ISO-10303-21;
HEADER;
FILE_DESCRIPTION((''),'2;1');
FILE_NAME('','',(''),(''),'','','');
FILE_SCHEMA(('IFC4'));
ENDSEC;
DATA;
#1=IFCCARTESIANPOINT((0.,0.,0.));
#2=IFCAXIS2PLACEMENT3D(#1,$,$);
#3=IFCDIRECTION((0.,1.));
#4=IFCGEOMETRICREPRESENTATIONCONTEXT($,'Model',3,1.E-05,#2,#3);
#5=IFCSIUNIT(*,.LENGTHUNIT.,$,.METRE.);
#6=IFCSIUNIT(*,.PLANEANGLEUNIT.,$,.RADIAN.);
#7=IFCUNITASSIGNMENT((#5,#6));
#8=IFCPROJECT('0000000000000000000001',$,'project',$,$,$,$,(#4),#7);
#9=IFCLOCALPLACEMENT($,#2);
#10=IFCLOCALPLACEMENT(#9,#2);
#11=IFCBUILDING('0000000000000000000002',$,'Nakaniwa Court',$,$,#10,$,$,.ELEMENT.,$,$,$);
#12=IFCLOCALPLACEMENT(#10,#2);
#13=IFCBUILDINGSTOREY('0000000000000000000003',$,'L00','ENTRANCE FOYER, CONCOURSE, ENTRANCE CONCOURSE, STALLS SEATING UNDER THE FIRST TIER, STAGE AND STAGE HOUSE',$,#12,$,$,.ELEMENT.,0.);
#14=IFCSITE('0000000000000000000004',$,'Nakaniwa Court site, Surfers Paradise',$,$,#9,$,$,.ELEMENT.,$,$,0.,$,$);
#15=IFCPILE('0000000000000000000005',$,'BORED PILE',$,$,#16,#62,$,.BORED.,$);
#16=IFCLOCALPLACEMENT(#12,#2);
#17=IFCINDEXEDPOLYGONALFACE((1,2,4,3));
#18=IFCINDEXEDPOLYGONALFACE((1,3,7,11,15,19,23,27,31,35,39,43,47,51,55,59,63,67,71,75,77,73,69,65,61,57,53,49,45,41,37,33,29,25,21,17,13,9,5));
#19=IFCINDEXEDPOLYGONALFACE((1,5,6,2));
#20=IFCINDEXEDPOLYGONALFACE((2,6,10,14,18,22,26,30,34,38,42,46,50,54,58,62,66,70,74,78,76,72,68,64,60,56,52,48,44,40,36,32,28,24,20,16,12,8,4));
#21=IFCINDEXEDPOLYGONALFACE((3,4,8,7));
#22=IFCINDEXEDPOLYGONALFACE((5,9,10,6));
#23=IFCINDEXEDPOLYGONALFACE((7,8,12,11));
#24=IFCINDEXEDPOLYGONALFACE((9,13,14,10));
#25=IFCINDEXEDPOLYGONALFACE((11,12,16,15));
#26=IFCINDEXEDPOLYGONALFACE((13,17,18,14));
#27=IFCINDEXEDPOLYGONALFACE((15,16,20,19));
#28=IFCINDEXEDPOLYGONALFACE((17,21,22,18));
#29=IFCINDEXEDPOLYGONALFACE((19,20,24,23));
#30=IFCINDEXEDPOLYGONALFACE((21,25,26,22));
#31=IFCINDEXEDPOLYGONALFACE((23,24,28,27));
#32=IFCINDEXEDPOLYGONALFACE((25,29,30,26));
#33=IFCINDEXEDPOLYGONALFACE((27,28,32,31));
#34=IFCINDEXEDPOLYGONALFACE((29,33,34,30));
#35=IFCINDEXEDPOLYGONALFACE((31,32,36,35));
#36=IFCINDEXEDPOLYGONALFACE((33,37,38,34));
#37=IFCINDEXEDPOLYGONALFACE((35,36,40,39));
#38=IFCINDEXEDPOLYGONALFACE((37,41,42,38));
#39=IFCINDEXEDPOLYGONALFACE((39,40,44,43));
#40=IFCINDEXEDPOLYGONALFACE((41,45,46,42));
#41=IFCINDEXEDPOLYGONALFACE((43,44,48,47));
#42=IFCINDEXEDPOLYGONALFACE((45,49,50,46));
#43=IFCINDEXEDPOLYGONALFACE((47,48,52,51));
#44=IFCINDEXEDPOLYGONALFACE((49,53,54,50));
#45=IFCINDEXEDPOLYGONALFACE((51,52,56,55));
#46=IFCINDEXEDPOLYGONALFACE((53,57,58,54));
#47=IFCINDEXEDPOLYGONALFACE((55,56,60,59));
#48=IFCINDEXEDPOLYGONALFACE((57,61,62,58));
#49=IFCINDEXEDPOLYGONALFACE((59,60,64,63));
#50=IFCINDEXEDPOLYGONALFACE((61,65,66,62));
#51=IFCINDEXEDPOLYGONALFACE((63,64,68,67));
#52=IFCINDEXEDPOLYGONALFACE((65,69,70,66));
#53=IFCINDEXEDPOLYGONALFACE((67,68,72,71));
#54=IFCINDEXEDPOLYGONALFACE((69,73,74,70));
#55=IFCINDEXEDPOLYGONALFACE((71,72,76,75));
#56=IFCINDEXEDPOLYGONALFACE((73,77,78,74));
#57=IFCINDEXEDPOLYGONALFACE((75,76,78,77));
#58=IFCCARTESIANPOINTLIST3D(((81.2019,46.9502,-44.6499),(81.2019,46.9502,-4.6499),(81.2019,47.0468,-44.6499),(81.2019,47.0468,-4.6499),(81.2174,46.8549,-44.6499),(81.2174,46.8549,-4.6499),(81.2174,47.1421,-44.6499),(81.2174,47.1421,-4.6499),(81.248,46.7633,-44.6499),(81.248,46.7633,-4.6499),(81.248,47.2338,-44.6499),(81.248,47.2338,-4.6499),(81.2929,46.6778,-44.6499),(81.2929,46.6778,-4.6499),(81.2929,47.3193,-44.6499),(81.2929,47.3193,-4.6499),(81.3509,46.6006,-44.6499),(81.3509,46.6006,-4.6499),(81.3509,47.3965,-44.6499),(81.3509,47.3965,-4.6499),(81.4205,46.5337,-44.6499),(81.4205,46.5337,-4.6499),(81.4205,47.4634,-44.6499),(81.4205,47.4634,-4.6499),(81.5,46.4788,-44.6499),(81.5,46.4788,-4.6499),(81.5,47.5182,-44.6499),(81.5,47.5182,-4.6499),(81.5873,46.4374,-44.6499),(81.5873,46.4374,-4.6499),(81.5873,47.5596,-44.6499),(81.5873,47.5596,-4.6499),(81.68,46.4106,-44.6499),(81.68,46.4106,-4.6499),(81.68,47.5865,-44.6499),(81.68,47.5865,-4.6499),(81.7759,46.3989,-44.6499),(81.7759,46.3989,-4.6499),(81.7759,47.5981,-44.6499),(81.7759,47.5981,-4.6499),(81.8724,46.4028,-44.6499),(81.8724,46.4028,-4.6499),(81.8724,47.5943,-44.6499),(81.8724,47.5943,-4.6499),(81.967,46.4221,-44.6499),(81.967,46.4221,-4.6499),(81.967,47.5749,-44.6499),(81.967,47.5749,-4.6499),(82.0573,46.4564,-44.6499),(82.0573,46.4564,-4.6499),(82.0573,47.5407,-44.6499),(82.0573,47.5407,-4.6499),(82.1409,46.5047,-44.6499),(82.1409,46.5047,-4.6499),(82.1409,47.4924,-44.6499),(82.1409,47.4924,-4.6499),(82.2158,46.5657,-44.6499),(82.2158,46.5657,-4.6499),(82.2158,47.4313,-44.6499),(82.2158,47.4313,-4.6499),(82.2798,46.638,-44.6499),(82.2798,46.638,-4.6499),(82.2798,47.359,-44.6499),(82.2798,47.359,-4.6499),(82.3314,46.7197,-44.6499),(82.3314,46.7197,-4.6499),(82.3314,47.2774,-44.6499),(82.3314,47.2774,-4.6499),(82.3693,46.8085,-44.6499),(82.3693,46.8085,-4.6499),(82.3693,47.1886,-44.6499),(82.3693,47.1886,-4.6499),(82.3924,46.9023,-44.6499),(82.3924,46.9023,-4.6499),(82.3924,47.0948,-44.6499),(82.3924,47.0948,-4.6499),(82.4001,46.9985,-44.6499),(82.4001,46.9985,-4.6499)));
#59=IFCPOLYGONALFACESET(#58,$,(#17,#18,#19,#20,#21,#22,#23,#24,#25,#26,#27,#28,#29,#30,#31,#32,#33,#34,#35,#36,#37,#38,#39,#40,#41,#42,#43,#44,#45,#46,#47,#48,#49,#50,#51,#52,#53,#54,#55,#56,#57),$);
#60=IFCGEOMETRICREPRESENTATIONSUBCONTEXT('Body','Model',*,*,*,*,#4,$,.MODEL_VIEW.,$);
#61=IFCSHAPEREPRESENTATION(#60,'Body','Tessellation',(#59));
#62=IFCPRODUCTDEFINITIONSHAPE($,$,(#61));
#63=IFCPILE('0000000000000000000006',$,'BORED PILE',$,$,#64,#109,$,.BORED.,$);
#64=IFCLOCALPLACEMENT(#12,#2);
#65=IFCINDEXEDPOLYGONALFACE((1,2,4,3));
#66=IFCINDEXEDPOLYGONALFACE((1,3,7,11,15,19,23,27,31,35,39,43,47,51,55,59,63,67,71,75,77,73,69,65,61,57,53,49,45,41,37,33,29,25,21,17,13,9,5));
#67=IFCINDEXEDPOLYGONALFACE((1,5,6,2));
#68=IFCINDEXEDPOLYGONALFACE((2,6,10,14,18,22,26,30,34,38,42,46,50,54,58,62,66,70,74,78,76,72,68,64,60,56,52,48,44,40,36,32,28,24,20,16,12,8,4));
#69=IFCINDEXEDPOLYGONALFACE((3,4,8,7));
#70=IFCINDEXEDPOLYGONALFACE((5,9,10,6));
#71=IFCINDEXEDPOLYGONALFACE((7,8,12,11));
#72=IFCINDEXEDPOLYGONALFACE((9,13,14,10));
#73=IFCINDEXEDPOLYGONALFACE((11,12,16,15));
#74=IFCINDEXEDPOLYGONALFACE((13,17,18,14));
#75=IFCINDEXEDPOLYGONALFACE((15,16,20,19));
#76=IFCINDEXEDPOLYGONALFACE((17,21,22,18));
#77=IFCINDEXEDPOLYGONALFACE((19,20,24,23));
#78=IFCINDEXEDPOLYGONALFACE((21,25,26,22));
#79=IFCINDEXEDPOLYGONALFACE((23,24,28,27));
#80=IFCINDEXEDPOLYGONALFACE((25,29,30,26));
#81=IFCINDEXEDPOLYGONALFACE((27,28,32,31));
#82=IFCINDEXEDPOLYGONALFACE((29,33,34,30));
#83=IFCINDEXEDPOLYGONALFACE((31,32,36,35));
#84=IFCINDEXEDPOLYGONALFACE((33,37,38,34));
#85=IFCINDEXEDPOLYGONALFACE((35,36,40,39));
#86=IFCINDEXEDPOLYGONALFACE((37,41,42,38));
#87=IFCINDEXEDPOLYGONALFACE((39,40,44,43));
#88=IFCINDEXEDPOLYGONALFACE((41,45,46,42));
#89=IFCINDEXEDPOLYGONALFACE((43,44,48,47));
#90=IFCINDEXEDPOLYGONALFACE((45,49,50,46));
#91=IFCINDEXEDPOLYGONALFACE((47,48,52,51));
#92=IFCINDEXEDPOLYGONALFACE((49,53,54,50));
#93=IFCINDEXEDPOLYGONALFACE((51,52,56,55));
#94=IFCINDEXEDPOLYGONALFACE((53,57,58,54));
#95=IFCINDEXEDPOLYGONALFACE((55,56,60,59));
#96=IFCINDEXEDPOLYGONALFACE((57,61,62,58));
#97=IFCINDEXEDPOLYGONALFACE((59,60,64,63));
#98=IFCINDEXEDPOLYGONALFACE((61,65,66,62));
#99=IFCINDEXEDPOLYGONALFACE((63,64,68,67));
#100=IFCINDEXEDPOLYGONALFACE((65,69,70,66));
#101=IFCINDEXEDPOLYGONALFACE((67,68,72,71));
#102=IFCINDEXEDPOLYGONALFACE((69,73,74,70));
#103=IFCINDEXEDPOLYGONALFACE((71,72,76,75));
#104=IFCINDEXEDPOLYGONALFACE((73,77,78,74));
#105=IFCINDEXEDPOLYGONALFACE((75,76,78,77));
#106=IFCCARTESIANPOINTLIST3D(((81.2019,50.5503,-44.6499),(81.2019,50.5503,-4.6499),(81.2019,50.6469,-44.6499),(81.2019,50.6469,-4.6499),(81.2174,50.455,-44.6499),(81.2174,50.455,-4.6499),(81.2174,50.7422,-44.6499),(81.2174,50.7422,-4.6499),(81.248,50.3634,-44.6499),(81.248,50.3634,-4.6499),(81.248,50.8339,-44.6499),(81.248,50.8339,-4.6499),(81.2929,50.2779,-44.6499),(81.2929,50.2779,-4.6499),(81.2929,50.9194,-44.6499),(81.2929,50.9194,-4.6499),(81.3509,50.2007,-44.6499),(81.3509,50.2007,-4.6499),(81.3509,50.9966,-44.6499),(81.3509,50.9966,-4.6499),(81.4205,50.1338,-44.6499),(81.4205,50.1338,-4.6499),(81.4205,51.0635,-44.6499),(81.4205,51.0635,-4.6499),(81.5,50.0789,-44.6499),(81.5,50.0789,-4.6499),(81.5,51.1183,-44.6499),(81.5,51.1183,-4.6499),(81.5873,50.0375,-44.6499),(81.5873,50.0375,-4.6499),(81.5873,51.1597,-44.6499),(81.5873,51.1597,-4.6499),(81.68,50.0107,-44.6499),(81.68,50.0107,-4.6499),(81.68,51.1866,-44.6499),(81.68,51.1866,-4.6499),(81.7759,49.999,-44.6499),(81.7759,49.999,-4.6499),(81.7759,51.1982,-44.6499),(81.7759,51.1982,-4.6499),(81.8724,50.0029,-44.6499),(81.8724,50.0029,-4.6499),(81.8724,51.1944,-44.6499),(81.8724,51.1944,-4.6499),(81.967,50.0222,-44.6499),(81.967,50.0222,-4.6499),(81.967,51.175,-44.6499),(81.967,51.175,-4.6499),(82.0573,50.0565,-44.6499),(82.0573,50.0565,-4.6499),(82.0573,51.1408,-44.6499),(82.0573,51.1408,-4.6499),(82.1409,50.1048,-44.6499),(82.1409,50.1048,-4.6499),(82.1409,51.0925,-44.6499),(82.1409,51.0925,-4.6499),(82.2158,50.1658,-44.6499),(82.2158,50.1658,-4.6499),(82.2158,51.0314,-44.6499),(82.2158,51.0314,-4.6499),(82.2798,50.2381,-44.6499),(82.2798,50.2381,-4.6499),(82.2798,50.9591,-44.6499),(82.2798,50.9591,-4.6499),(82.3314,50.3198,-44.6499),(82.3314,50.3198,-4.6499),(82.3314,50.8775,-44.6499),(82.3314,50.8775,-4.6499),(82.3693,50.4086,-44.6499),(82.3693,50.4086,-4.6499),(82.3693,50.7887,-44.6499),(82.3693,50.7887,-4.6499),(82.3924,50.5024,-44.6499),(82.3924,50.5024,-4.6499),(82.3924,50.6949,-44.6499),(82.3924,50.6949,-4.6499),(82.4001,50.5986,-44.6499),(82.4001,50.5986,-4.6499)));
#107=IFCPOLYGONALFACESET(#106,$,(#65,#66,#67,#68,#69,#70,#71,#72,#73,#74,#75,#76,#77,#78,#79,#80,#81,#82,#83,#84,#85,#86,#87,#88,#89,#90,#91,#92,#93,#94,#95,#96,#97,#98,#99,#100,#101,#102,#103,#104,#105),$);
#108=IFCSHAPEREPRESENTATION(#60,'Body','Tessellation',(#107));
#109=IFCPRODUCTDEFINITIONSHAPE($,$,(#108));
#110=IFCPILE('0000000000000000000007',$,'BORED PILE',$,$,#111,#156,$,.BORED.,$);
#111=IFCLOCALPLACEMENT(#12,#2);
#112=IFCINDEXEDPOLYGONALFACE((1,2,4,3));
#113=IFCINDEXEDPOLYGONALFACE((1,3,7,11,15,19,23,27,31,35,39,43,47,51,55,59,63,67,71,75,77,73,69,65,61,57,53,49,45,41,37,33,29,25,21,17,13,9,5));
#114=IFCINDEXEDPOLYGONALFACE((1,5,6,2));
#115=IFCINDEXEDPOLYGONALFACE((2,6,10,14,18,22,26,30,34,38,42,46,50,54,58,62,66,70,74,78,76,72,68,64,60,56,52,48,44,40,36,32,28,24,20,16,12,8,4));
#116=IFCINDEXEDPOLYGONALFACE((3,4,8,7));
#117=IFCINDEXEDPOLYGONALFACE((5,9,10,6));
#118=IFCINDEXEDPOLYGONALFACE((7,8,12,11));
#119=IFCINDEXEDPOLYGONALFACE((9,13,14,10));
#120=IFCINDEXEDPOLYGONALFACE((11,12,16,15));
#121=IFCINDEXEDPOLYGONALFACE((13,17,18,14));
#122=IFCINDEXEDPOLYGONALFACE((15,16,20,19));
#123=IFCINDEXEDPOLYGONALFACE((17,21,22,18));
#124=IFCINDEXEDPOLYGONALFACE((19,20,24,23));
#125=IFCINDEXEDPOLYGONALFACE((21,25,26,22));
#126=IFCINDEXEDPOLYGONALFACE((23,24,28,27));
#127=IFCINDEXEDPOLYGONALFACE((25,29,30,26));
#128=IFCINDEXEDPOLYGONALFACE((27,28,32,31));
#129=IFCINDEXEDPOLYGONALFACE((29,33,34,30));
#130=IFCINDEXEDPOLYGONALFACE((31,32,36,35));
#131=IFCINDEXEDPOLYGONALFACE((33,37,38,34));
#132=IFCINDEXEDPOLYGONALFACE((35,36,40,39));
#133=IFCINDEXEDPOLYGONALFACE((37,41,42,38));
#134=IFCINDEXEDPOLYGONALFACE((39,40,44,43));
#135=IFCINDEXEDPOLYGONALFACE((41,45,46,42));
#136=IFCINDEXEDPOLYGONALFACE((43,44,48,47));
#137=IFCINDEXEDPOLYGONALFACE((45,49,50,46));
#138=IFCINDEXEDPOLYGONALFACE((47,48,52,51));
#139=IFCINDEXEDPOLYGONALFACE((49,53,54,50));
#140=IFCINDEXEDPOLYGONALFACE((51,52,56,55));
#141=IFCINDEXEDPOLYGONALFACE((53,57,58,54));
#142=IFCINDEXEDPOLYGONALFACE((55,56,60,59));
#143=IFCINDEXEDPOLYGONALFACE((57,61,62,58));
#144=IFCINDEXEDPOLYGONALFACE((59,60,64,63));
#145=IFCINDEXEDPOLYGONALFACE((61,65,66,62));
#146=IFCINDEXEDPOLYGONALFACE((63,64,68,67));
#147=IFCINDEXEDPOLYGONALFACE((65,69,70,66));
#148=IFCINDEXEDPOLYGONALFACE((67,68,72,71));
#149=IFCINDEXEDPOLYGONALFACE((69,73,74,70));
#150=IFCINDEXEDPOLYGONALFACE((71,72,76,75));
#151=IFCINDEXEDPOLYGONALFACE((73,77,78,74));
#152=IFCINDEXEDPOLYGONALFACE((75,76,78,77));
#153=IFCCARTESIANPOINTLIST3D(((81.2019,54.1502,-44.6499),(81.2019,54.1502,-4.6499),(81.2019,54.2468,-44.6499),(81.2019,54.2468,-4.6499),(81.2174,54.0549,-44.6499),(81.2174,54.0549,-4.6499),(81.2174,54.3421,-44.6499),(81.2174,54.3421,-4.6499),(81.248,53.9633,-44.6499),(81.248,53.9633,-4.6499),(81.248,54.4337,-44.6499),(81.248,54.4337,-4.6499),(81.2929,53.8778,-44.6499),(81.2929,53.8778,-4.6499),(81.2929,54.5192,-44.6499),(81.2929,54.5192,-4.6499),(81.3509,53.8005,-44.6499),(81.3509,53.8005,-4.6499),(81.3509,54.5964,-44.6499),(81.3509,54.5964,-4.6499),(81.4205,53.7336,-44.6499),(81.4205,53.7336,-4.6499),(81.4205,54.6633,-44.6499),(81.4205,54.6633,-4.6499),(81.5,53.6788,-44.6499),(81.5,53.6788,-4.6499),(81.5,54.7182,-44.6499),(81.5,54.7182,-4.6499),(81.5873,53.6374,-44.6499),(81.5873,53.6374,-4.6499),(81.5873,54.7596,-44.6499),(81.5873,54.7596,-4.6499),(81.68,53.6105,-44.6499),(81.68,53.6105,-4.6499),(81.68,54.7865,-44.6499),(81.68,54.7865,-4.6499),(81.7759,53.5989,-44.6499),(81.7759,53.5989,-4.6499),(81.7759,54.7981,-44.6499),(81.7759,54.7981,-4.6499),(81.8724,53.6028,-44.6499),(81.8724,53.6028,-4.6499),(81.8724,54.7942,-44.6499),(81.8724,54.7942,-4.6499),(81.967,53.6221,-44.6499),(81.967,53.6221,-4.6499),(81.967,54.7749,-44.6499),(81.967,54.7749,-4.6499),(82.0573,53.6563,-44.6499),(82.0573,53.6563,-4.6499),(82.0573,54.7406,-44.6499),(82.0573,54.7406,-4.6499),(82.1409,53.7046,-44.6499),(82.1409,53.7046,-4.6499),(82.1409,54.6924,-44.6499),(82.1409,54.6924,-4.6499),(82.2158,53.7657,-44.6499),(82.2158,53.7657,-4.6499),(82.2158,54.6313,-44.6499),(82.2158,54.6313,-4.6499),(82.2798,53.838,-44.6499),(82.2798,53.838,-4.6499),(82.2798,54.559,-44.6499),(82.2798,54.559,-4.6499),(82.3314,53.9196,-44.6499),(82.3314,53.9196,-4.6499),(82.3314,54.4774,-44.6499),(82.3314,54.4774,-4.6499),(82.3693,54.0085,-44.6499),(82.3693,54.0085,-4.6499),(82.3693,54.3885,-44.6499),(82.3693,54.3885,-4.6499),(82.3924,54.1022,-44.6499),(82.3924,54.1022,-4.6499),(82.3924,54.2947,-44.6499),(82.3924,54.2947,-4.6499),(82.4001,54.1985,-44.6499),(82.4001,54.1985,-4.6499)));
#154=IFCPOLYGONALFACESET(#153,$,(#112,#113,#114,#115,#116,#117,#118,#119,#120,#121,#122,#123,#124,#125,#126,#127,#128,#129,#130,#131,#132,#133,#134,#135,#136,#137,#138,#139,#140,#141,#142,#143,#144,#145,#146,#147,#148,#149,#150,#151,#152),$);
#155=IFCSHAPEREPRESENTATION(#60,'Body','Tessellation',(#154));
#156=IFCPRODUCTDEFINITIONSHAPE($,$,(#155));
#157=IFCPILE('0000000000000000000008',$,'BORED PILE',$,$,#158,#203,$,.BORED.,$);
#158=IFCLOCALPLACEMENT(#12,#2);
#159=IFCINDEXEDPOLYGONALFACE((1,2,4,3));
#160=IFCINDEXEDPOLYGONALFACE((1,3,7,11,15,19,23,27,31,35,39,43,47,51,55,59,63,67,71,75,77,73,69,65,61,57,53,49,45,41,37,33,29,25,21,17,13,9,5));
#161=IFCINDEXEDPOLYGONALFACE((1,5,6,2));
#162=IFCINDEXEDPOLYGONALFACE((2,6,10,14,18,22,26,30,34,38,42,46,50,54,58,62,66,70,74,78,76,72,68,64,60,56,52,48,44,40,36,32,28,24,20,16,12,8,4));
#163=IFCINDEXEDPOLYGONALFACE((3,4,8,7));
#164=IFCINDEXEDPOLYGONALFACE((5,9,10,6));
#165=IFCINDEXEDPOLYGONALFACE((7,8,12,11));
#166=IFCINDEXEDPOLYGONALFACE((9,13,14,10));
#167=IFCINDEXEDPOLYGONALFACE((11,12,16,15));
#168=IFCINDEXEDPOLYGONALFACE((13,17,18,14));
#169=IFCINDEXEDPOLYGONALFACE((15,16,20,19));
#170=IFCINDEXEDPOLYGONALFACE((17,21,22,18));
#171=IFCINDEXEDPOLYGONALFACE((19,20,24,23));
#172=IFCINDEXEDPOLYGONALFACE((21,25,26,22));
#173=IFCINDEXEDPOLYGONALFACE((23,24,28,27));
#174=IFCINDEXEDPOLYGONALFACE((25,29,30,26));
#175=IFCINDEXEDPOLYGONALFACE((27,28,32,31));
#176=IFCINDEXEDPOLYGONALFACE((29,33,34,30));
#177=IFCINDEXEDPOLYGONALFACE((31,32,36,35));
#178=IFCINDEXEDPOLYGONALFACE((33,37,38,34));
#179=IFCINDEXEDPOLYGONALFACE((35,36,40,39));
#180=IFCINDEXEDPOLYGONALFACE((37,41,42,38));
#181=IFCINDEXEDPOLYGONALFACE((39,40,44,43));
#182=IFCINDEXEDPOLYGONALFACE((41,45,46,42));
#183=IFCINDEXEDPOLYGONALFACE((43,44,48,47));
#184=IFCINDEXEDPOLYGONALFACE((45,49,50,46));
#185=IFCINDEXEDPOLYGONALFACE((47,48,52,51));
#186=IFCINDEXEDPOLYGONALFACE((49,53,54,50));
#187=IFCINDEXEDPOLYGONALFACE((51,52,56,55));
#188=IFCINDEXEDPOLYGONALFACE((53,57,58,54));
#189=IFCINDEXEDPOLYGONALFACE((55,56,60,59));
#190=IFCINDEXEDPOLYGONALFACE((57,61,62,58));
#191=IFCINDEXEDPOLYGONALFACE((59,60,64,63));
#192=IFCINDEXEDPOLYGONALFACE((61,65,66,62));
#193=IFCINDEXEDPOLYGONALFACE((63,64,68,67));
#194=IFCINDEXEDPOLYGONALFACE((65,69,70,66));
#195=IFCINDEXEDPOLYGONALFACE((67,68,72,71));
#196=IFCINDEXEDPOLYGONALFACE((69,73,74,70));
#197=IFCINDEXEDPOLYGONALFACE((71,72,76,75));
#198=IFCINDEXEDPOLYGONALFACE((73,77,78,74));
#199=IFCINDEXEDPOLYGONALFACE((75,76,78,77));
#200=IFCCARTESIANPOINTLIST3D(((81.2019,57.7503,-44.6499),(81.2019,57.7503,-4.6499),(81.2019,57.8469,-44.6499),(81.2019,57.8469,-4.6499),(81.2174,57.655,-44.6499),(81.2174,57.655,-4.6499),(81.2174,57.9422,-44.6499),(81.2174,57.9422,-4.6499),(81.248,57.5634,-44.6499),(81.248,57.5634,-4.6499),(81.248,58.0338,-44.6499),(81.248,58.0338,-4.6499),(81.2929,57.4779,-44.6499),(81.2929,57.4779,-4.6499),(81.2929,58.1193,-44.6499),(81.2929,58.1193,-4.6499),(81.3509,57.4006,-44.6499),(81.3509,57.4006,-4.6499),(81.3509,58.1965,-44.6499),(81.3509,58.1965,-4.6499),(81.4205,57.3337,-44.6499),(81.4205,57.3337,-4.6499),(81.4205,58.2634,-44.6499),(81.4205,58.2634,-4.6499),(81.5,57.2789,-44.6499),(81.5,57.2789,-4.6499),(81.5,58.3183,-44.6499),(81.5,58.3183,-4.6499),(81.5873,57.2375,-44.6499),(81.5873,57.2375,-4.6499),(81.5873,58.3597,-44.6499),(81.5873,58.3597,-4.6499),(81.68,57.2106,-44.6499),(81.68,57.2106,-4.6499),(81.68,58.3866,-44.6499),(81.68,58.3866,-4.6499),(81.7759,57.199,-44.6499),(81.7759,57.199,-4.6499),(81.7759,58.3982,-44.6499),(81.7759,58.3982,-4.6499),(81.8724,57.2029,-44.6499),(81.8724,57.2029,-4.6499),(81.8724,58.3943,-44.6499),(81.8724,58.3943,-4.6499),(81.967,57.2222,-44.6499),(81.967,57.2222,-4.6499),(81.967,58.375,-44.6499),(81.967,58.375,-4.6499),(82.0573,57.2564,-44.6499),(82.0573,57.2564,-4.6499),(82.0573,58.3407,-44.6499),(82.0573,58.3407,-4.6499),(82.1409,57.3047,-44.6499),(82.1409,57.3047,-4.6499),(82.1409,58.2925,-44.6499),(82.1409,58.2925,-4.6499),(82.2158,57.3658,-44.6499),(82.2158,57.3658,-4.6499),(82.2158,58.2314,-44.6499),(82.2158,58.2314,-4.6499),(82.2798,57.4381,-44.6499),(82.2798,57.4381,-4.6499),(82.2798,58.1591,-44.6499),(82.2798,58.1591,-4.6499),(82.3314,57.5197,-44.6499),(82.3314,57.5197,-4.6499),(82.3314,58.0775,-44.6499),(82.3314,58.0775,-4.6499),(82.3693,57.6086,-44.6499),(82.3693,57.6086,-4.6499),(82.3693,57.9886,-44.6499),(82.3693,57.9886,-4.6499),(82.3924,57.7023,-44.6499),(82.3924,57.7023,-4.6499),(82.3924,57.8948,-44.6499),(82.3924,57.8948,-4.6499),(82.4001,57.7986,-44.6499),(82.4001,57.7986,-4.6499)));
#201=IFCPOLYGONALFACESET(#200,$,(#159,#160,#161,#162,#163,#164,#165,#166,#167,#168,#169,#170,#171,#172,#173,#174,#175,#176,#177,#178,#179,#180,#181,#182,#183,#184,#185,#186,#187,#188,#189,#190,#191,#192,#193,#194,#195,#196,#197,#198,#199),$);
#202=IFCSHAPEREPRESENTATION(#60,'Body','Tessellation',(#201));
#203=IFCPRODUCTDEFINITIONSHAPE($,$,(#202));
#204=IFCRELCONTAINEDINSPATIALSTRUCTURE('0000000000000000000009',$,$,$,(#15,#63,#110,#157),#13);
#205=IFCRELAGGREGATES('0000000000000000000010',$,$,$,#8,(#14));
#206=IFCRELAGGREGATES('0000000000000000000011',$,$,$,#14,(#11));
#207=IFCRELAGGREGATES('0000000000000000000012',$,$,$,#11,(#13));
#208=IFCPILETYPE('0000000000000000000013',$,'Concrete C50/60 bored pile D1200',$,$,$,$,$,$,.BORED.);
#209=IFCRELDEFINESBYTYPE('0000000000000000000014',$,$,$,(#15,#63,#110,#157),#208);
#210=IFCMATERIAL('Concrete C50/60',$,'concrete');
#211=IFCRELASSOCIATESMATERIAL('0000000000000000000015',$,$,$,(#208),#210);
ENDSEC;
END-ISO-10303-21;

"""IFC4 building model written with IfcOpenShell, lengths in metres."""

from ifc_helpers import new_model, si_unit, direction, frame, origin, origin_2d, place, context, subcontext, project, spatial, circle, extrude, material, material_profile, profile_set, type_object, element, save


model = new_model("IFC4")

# Units and contexts
model_context = context("Model", 3, precision=1e-05, world=origin(), true_north=direction((0.0, 1.0)))
body_context = subcontext(model_context, "Body", "Model", "MODEL_VIEW")
ifc_project = project(units=[si_unit("LENGTHUNIT", "METRE"), si_unit("PLANEANGLEUNIT", "RADIAN")], contexts=[model_context])

# Site, building, storey
site_placement = place(None, origin())
site = spatial("IfcSite", under=ifc_project, at=site_placement, Name="Nakaniwa Court site, Surfers Paradise", CompositionType="ELEMENT", RefElevation=0.0)
building_placement = place(site_placement, origin())
building = spatial("IfcBuilding", under=site, at=building_placement, Name="Nakaniwa Court", CompositionType="ELEMENT")
storey_placement = place(building_placement, origin())
storey = spatial("IfcBuildingStorey", under=building, at=storey_placement, Name="L00", Description="ENTRANCE FOYER, CONCOURSE, ENTRANCE CONCOURSE, STALLS SEATING UNDER THE FIRST TIER, STAGE AND STAGE HOUSE", CompositionType="ELEMENT", Elevation=0.0)

# Piles
ifc_material_1 = material(Name="Concrete C50/60", Category="concrete")
ifc_material_profile_1 = material_profile(ifc_material_1, circle(Radius=0.6001, at=origin_2d()), Name="Concrete C50/60 bored pile D1200")
ifc_profile_set_1 = profile_set([ifc_material_profile_1], Name="Concrete C50/60")
pile_type = type_object("IfcPileType", Name="Concrete C50/60 bored pile D1200", PredefinedType="BORED", material=ifc_profile_set_1)
for number, where, z_axis, x_axis, name in (
    (1, (81.8, 46.9985, -4.6499), (0.0, 0.0, -1.0), (1.0, 0.0, 0.0), "BORED PILE"),
    (2, (81.8, 50.5986, -4.6499), (0.0, 0.0, -1.0), (1.0, 0.0, 0.0), "BORED PILE"),
    (3, (81.8, 54.1985, -4.6499), (0.0, 0.0, -1.0), (1.0, 0.0, 0.0), "BORED PILE"),
    (4, (81.8, 57.7986, -4.6499), (0.0, 0.0, -1.0), (1.0, 0.0, 0.0), "BORED PILE"),
):
    element("IfcPile", number, at=place(storey_placement, frame(where, z_axis=z_axis, x_axis=x_axis)), inside=storey, type_object=pile_type, Name=name, PredefinedType="BORED", context=body_context, shape_type="SweptSolid", body=[
        extrude(circle(Radius=0.6001, at=origin_2d()), origin(), (0.0, 0.0, 1.0), 40.0),
    ])

save(model, "model.ifc")
